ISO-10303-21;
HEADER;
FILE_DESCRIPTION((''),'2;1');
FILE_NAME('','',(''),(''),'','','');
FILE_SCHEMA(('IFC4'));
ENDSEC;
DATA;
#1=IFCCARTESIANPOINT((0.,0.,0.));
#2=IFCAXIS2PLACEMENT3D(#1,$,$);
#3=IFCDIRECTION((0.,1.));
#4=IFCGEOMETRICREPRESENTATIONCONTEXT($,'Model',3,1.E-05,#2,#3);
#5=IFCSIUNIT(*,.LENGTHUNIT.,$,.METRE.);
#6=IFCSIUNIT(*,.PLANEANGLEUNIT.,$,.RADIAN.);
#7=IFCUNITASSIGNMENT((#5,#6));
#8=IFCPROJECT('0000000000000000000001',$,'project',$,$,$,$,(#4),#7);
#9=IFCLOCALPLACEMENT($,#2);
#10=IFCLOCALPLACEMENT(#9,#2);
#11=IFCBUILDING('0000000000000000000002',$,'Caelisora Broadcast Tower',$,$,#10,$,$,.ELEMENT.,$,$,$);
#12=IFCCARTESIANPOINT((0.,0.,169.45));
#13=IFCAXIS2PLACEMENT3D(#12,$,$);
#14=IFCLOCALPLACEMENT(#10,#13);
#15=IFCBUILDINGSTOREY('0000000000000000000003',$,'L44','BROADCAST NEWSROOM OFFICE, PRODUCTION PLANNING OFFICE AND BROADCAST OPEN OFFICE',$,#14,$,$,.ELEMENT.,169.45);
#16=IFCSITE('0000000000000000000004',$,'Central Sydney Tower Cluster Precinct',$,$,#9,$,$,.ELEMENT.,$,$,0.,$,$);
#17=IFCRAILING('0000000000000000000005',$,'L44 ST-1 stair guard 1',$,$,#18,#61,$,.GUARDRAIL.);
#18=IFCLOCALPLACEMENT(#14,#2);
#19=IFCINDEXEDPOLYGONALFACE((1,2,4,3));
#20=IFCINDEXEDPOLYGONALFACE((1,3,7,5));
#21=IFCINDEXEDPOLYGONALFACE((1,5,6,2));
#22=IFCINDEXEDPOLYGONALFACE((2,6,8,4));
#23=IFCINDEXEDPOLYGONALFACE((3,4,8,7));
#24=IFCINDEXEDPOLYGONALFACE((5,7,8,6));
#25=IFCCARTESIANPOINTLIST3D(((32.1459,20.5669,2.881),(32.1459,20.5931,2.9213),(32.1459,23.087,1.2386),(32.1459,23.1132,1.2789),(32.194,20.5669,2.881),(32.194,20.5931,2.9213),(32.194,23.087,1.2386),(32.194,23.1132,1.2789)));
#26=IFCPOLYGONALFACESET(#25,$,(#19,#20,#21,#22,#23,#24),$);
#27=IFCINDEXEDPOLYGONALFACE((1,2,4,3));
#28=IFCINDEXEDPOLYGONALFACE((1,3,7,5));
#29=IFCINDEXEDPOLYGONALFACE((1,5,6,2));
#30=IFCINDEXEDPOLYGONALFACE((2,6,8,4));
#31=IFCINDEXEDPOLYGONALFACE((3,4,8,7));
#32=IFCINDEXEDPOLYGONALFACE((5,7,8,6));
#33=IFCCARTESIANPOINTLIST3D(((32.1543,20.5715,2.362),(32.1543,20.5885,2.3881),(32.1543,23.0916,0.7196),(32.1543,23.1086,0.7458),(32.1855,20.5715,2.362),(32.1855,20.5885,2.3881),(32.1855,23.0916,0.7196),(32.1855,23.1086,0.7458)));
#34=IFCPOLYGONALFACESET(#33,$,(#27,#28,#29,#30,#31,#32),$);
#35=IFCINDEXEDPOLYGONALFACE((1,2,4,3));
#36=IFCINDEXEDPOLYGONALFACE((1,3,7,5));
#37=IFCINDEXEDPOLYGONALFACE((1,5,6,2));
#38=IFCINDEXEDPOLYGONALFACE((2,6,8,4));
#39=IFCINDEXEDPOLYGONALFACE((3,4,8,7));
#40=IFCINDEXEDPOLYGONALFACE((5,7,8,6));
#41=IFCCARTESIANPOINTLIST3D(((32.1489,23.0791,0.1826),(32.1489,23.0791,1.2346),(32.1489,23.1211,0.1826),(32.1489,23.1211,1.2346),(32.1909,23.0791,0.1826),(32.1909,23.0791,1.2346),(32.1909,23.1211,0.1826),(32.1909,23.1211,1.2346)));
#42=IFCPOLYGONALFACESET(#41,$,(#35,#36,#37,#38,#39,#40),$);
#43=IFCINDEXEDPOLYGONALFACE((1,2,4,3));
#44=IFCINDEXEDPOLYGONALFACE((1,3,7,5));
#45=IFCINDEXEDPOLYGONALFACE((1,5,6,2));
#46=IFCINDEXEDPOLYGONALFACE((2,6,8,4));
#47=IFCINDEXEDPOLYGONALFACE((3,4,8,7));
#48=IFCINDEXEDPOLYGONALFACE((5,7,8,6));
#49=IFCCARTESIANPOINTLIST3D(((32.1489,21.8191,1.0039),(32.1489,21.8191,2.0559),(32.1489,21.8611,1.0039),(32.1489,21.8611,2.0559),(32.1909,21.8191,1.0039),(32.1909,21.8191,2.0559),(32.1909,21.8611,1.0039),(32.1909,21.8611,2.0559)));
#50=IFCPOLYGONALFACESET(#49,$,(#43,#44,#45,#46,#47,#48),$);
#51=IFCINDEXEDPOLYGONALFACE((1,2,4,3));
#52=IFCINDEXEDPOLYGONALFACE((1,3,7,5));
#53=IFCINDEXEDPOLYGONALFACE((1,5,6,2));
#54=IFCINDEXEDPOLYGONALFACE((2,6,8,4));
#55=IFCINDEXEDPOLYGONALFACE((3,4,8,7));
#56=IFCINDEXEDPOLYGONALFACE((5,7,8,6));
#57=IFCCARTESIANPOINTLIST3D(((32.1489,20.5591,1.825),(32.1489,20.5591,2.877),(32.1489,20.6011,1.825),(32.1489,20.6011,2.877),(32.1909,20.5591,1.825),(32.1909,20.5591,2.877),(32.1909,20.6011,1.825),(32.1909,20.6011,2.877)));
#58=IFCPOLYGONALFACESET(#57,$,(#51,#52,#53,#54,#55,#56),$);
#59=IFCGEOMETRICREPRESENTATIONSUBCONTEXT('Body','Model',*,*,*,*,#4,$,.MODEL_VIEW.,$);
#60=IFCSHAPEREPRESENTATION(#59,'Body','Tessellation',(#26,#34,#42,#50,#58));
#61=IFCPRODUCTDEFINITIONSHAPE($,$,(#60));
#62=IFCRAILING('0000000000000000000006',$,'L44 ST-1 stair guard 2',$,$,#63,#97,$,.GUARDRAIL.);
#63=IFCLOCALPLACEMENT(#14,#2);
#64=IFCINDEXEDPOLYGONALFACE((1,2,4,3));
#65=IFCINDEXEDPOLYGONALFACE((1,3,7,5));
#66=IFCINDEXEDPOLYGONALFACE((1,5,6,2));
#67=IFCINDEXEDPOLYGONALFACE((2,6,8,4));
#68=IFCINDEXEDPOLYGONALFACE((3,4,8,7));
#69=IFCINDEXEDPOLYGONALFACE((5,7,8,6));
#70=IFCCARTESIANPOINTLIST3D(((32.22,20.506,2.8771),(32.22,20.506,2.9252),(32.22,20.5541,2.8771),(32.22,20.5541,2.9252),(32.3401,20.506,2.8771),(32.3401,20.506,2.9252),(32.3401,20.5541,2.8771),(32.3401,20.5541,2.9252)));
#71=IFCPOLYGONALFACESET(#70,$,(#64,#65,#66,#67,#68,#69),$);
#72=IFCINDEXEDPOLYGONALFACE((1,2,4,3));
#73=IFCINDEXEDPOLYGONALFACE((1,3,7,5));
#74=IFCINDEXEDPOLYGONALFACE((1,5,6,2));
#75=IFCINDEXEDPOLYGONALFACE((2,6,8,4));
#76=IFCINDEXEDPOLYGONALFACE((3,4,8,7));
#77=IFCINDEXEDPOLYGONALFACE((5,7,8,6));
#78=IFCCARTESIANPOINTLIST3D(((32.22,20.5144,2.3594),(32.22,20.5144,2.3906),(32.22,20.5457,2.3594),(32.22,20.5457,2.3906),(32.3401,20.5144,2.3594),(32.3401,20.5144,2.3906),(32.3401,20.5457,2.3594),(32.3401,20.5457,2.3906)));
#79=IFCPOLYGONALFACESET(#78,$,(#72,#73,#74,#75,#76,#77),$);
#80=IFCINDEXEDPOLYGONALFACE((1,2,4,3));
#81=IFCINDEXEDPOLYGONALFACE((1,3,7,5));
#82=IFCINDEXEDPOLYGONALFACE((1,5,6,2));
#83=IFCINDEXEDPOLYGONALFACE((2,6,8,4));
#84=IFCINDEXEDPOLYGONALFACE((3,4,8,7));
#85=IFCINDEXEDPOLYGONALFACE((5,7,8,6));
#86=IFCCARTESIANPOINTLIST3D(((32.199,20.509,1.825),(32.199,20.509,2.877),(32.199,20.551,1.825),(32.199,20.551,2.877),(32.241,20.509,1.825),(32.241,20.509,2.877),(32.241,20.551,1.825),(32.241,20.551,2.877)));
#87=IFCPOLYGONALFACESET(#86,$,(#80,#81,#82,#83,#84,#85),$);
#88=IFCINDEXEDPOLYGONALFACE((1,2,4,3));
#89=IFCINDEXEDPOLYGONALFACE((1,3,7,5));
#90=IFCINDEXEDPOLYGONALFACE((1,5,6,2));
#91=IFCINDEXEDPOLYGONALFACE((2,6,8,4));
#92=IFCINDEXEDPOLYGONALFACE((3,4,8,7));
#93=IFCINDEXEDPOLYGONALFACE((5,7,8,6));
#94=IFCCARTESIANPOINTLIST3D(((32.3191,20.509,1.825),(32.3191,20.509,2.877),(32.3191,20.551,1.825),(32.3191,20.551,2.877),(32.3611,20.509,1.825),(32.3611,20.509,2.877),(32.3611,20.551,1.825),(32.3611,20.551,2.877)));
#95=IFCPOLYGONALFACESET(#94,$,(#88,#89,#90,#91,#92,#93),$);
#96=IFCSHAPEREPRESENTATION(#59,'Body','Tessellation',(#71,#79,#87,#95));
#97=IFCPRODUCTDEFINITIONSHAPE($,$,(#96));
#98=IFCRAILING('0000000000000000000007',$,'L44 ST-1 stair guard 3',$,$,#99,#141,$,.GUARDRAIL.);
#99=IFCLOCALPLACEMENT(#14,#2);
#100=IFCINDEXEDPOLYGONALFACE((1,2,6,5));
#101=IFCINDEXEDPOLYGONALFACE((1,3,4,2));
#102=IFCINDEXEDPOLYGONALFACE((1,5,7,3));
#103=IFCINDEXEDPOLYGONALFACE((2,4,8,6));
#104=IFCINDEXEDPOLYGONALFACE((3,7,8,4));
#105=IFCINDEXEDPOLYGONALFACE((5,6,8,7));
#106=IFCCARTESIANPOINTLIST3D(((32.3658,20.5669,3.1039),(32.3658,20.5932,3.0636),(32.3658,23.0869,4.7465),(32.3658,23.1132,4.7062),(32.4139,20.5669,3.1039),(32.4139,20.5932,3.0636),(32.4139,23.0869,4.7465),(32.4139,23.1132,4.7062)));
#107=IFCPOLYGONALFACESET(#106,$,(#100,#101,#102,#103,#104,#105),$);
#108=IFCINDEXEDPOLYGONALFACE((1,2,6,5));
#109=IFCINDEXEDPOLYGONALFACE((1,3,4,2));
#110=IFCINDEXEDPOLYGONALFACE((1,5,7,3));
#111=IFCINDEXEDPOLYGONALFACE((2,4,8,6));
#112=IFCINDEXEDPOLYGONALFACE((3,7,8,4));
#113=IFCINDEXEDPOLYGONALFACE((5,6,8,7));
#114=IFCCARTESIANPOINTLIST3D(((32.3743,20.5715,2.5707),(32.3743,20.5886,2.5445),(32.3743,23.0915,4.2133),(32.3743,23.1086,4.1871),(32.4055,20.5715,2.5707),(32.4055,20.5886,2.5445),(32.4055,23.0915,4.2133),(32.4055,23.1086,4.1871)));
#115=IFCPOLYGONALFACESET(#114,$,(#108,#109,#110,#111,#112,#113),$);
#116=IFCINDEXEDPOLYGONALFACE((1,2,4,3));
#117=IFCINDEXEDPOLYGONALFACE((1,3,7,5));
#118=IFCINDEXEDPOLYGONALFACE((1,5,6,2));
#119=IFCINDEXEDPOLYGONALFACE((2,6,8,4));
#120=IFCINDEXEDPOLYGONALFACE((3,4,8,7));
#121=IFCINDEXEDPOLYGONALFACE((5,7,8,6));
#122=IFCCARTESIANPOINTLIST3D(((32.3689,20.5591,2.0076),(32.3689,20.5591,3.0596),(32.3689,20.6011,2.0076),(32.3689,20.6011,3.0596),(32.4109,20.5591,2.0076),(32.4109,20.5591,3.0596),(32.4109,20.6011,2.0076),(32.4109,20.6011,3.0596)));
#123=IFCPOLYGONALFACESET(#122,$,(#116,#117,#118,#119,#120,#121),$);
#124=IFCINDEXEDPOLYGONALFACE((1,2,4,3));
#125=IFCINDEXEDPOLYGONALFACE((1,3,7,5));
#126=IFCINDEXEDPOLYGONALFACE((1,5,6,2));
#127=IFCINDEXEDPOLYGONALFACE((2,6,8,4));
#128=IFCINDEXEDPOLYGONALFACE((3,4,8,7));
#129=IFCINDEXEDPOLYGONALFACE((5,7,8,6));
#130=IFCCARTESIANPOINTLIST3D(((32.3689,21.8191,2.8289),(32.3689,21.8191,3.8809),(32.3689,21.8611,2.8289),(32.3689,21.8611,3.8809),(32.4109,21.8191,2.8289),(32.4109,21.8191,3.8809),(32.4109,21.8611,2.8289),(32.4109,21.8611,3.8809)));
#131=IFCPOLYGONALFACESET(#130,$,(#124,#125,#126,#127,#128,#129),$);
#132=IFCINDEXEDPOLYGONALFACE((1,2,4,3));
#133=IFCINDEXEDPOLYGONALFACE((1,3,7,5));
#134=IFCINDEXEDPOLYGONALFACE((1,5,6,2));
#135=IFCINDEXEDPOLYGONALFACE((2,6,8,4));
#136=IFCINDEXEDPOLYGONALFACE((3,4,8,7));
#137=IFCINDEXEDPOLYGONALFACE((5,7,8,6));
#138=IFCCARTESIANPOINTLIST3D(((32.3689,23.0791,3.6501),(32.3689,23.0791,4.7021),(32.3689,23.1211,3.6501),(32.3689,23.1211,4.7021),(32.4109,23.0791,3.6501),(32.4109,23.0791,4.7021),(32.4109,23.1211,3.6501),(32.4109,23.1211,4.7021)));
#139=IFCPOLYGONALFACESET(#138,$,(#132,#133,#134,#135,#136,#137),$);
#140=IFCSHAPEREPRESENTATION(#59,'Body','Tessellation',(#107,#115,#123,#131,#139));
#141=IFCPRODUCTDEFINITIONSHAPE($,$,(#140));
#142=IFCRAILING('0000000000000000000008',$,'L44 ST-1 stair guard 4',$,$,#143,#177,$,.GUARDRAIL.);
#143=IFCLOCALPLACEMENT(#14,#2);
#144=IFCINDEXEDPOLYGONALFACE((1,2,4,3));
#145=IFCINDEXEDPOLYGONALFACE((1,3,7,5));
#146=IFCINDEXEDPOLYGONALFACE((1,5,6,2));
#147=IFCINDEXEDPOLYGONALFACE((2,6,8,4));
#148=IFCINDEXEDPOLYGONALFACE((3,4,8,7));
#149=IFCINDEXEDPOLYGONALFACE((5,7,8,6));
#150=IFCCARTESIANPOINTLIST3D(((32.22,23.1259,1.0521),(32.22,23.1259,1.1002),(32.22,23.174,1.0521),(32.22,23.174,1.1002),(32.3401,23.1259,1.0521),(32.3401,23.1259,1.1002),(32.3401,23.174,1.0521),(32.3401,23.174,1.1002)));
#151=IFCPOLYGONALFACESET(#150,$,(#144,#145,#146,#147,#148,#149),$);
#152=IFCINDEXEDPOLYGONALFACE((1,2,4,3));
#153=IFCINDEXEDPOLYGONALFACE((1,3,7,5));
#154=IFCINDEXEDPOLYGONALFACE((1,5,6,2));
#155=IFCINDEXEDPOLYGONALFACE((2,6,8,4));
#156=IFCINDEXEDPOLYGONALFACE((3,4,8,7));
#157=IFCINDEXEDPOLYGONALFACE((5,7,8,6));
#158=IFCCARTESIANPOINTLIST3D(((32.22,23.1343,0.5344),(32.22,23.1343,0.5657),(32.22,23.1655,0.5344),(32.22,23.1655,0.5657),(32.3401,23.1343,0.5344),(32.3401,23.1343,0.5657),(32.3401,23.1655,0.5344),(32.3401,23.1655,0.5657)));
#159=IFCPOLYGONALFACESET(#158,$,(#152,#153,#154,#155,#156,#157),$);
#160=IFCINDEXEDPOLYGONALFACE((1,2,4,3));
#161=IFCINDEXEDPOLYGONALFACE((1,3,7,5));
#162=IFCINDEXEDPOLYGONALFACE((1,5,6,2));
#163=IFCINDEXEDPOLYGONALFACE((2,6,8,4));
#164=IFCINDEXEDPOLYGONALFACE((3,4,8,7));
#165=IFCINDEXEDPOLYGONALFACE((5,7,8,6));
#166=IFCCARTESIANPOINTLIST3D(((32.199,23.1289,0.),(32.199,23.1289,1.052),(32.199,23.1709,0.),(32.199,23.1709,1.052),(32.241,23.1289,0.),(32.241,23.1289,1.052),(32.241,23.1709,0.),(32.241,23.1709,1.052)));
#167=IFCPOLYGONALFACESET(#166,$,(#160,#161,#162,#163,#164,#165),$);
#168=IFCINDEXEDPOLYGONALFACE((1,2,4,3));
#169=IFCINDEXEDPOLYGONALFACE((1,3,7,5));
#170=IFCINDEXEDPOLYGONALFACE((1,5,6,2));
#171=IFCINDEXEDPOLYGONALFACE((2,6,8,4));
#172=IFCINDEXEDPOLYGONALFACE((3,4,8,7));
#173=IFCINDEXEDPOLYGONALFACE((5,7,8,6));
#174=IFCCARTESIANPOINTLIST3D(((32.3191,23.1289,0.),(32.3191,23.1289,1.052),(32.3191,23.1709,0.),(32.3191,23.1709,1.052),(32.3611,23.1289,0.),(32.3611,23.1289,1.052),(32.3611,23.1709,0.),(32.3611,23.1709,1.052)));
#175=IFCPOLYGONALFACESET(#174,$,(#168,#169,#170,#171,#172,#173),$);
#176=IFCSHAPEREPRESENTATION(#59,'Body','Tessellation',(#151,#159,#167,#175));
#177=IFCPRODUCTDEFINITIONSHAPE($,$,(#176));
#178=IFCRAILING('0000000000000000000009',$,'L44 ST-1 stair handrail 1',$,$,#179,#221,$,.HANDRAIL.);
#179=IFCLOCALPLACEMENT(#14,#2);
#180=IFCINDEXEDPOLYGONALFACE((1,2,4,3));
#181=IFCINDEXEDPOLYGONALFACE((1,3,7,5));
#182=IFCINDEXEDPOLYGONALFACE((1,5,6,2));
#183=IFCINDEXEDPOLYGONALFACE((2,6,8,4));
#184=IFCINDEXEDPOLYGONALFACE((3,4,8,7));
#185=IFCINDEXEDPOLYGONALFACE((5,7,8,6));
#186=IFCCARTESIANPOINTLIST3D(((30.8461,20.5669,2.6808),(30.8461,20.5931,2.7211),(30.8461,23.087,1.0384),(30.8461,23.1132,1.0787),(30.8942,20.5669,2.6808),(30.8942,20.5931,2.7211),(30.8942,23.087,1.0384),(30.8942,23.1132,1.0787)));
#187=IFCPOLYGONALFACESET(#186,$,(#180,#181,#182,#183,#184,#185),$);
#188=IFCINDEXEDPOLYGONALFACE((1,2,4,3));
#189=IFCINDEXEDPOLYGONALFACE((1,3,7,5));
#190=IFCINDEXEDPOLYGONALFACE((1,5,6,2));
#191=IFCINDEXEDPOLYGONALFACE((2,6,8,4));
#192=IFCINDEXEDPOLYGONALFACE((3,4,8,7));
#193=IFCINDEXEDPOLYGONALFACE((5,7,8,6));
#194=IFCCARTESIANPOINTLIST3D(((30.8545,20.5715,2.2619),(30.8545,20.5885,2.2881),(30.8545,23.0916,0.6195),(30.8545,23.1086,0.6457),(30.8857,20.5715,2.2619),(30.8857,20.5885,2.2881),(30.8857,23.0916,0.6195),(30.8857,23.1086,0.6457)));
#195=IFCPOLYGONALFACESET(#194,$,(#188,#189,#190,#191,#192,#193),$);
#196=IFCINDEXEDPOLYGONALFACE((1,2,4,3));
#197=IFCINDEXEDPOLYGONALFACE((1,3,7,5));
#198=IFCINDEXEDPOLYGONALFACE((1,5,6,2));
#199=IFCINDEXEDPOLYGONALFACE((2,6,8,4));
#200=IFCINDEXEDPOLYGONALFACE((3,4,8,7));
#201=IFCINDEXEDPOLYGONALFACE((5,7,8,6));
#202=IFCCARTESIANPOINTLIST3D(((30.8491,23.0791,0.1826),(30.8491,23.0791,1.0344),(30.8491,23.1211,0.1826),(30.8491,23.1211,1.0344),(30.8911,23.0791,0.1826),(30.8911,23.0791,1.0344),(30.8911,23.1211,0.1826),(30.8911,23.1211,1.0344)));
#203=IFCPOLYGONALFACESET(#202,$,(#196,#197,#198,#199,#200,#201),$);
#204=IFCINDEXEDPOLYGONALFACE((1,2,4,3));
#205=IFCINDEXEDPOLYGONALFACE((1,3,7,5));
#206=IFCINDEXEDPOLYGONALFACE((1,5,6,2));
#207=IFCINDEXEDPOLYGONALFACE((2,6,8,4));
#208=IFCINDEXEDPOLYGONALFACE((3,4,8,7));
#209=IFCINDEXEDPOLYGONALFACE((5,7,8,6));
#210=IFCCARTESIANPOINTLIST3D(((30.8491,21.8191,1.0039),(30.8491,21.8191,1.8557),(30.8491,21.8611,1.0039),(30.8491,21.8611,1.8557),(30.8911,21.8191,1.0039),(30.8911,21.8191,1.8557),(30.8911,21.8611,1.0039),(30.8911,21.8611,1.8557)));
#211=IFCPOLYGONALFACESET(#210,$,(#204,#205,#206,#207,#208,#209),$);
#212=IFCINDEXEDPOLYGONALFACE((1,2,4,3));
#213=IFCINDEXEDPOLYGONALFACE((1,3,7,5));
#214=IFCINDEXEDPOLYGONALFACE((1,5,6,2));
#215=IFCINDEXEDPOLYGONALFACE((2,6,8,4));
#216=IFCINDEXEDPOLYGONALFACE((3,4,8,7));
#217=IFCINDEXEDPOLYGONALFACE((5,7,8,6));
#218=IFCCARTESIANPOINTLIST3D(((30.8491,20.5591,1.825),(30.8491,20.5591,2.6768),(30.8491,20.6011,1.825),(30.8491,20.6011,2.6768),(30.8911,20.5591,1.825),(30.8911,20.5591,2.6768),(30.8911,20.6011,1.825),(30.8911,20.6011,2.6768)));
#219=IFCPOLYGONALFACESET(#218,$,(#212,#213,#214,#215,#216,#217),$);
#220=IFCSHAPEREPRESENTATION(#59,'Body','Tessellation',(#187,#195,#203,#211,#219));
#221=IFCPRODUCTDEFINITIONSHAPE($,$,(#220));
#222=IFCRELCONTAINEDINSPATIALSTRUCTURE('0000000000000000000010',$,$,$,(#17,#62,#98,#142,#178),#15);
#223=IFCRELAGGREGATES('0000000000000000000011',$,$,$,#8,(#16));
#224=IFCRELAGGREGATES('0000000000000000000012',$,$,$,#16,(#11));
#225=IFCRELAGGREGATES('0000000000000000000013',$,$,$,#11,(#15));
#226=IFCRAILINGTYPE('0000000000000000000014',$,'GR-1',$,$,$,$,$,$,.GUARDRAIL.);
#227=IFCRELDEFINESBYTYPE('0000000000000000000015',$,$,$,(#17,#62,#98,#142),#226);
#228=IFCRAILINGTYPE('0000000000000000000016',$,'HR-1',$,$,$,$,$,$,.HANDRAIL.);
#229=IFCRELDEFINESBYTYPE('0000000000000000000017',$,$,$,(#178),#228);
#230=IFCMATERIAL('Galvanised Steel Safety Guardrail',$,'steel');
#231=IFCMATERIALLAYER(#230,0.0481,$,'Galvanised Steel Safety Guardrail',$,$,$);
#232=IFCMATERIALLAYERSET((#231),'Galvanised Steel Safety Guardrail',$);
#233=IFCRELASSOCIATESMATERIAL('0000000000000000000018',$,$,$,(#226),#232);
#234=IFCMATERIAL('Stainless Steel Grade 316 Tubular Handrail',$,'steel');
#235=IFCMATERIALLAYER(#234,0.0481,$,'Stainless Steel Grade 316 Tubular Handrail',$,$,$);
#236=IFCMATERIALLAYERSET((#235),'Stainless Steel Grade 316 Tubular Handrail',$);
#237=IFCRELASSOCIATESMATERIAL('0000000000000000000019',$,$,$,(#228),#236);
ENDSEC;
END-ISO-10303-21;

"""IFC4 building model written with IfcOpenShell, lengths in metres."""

from ifc_helpers import new_model, si_unit, direction, frame, origin, origin_2d, place, context, subcontext, project, spatial, rectangle, extrude, material, layer, layer_set, type_object, element, save


model = new_model("IFC4")

# Units and contexts
model_context = context("Model", 3, precision=1e-05, world=origin(), true_north=direction((0.0, 1.0)))
body_context = subcontext(model_context, "Body", "Model", "MODEL_VIEW")
ifc_project = project(units=[si_unit("LENGTHUNIT", "METRE"), si_unit("PLANEANGLEUNIT", "RADIAN")], contexts=[model_context])

# Site, building, storey
site_placement = place(None, origin())
site = spatial("IfcSite", under=ifc_project, at=site_placement, Name="Central Sydney Tower Cluster Precinct", CompositionType="ELEMENT", RefElevation=0.0)
building_placement = place(site_placement, origin())
building = spatial("IfcBuilding", under=site, at=building_placement, Name="Caelisora Broadcast Tower", CompositionType="ELEMENT")
storey_placement = place(building_placement, frame((0.0, 0.0, 169.45)))
storey = spatial("IfcBuildingStorey", under=building, at=storey_placement, Name="L44", Description="BROADCAST NEWSROOM OFFICE, PRODUCTION PLANNING OFFICE AND BROADCAST OPEN OFFICE", CompositionType="ELEMENT", Elevation=169.45)

# Railings
ifc_material_1 = material(Name="Galvanised Steel Safety Guardrail", Category="steel")
ifc_layer_1 = layer(ifc_material_1, 0.0481, Name="Galvanised Steel Safety Guardrail")
ifc_layer_set_1 = layer_set([ifc_layer_1], Name="Galvanised Steel Safety Guardrail")
railing_type_1 = type_object("IfcRailingType", Name="GR-1", PredefinedType="GUARDRAIL", material=ifc_layer_set_1)
railing_1_placement = place(storey_placement, frame((32.1699, 23.1001, 0.1826)))
element("IfcRailing", 1, at=railing_1_placement, inside=storey, type_object=railing_type_1, Name="L44 ST-1 stair guard 1", PredefinedType="GUARDRAIL", context=body_context, shape_type="SweptSolid", body=[
    extrude(rectangle(XDim=0.0481, YDim=0.0481, at=origin_2d()), frame((0.0, 0.0, 1.0762), z_axis=(0.0, -0.837787, 0.545998), x_axis=(1.0, 0.0, 0.0)), (0.0, 0.0, 1.0), 3.0081),
    extrude(rectangle(XDim=0.0312, YDim=0.0312, at=origin_2d()), frame((0.0, 0.0, 0.55), z_axis=(0.0, -0.837787, 0.545998), x_axis=(1.0, 0.0, 0.0)), (0.0, 0.0, 1.0), 3.0081),
    extrude(rectangle(XDim=0.042, YDim=0.042, at=origin_2d()), origin(), (0.0, 0.0, 1.0), 1.052),
    extrude(rectangle(XDim=0.042, YDim=0.042, at=origin_2d()), frame((0.0, -1.26, 0.8213)), (0.0, 0.0, 1.0), 1.052),
    extrude(rectangle(XDim=0.042, YDim=0.042, at=origin_2d()), frame((0.0, -2.52, 1.6423)), (0.0, 0.0, 1.0), 1.052),
])
railing_2_placement = place(storey_placement, frame((32.22, 20.53, 1.825)))
element("IfcRailing", 2, at=railing_2_placement, inside=storey, type_object=railing_type_1, Name="L44 ST-1 stair guard 2", PredefinedType="GUARDRAIL", context=body_context, shape_type="SweptSolid", body=[
    extrude(rectangle(XDim=0.0481, YDim=0.0481, at=origin_2d()), frame((0.0, 0.0, 1.0762), z_axis=(1.0, 0.0, 0.0), x_axis=(0.0, 1.0, 0.0)), (0.0, 0.0, 1.0), 0.1201),
    extrude(rectangle(XDim=0.0312, YDim=0.0312, at=origin_2d()), frame((0.0, 0.0, 0.55), z_axis=(1.0, 0.0, 0.0), x_axis=(0.0, 1.0, 0.0)), (0.0, 0.0, 1.0), 0.1201),
    extrude(rectangle(XDim=0.042, YDim=0.042, at=origin_2d()), origin(), (0.0, 0.0, 1.0), 1.052),
    extrude(rectangle(XDim=0.042, YDim=0.042, at=origin_2d()), frame((0.1201, 0.0, 0.0)), (0.0, 0.0, 1.0), 1.052),
])
railing_3_placement = place(storey_placement, frame((32.3899, 20.5801, 2.0076)))
element("IfcRailing", 3, at=railing_3_placement, inside=storey, type_object=railing_type_1, Name="L44 ST-1 stair guard 3", PredefinedType="GUARDRAIL", context=body_context, shape_type="SweptSolid", body=[
    extrude(rectangle(XDim=0.0481, YDim=0.0481, at=origin_2d()), frame((0.0, 0.0, 1.0762), z_axis=(0.0, 0.837749, 0.546055), x_axis=(-1.0, 0.0, 0.0)), (0.0, 0.0, 1.0), 3.0081),
    extrude(rectangle(XDim=0.0312, YDim=0.0312, at=origin_2d()), frame((0.0, 0.0, 0.55), z_axis=(0.0, 0.837749, 0.546055), x_axis=(-1.0, 0.0, 0.0)), (0.0, 0.0, 1.0), 3.0081),
    extrude(rectangle(XDim=0.042, YDim=0.042, at=origin_2d()), origin(), (0.0, 0.0, 1.0), 1.052),
    extrude(rectangle(XDim=0.042, YDim=0.042, at=origin_2d()), frame((0.0, 1.26, 0.8213)), (0.0, 0.0, 1.0), 1.052),
    extrude(rectangle(XDim=0.042, YDim=0.042, at=origin_2d()), frame((0.0, 2.52, 1.6426)), (0.0, 0.0, 1.0), 1.052),
])
railing_4_placement = place(storey_placement, frame((32.22, 23.1499, 0.0)))
element("IfcRailing", 4, at=railing_4_placement, inside=storey, type_object=railing_type_1, Name="L44 ST-1 stair guard 4", PredefinedType="GUARDRAIL", context=body_context, shape_type="SweptSolid", body=[
    extrude(rectangle(XDim=0.0481, YDim=0.0481, at=origin_2d()), frame((0.0, 0.0, 1.0762), z_axis=(1.0, 0.0, 0.0), x_axis=(0.0, 1.0, 0.0)), (0.0, 0.0, 1.0), 0.1201),
    extrude(rectangle(XDim=0.0312, YDim=0.0312, at=origin_2d()), frame((0.0, 0.0, 0.55), z_axis=(1.0, 0.0, 0.0), x_axis=(0.0, 1.0, 0.0)), (0.0, 0.0, 1.0), 0.1201),
    extrude(rectangle(XDim=0.042, YDim=0.042, at=origin_2d()), origin(), (0.0, 0.0, 1.0), 1.052),
    extrude(rectangle(XDim=0.042, YDim=0.042, at=origin_2d()), frame((0.1201, 0.0, 0.0)), (0.0, 0.0, 1.0), 1.052),
])
ifc_material_2 = material(Name="Stainless Steel Grade 316 Tubular Handrail", Category="steel")
ifc_layer_2 = layer(ifc_material_2, 0.0481, Name="Stainless Steel Grade 316 Tubular Handrail")
ifc_layer_set_2 = layer_set([ifc_layer_2], Name="Stainless Steel Grade 316 Tubular Handrail")
railing_type_2 = type_object("IfcRailingType", Name="HR-1", PredefinedType="HANDRAIL", material=ifc_layer_set_2)
railing_5_placement = place(storey_placement, frame((30.8701, 23.1001, 0.1826)))
element("IfcRailing", 5, at=railing_5_placement, inside=storey, type_object=railing_type_2, Name="L44 ST-1 stair handrail 1", PredefinedType="HANDRAIL", context=body_context, shape_type="SweptSolid", body=[
    extrude(rectangle(XDim=0.0481, YDim=0.0481, at=origin_2d()), frame((0.0, 0.0, 0.876), z_axis=(0.0, -0.837787, 0.545998), x_axis=(1.0, 0.0, 0.0)), (0.0, 0.0, 1.0), 3.0081),
    extrude(rectangle(XDim=0.0312, YDim=0.0312, at=origin_2d()), frame((0.0, 0.0, 0.45), z_axis=(0.0, -0.837787, 0.545998), x_axis=(1.0, 0.0, 0.0)), (0.0, 0.0, 1.0), 3.0081),
    extrude(rectangle(XDim=0.042, YDim=0.042, at=origin_2d()), origin(), (0.0, 0.0, 1.0), 0.8518),
    extrude(rectangle(XDim=0.042, YDim=0.042, at=origin_2d()), frame((0.0, -1.26, 0.8213)), (0.0, 0.0, 1.0), 0.8518),
    extrude(rectangle(XDim=0.042, YDim=0.042, at=origin_2d()), frame((0.0, -2.52, 1.6423)), (0.0, 0.0, 1.0), 0.8518),
])

save(model, "model.ifc")
